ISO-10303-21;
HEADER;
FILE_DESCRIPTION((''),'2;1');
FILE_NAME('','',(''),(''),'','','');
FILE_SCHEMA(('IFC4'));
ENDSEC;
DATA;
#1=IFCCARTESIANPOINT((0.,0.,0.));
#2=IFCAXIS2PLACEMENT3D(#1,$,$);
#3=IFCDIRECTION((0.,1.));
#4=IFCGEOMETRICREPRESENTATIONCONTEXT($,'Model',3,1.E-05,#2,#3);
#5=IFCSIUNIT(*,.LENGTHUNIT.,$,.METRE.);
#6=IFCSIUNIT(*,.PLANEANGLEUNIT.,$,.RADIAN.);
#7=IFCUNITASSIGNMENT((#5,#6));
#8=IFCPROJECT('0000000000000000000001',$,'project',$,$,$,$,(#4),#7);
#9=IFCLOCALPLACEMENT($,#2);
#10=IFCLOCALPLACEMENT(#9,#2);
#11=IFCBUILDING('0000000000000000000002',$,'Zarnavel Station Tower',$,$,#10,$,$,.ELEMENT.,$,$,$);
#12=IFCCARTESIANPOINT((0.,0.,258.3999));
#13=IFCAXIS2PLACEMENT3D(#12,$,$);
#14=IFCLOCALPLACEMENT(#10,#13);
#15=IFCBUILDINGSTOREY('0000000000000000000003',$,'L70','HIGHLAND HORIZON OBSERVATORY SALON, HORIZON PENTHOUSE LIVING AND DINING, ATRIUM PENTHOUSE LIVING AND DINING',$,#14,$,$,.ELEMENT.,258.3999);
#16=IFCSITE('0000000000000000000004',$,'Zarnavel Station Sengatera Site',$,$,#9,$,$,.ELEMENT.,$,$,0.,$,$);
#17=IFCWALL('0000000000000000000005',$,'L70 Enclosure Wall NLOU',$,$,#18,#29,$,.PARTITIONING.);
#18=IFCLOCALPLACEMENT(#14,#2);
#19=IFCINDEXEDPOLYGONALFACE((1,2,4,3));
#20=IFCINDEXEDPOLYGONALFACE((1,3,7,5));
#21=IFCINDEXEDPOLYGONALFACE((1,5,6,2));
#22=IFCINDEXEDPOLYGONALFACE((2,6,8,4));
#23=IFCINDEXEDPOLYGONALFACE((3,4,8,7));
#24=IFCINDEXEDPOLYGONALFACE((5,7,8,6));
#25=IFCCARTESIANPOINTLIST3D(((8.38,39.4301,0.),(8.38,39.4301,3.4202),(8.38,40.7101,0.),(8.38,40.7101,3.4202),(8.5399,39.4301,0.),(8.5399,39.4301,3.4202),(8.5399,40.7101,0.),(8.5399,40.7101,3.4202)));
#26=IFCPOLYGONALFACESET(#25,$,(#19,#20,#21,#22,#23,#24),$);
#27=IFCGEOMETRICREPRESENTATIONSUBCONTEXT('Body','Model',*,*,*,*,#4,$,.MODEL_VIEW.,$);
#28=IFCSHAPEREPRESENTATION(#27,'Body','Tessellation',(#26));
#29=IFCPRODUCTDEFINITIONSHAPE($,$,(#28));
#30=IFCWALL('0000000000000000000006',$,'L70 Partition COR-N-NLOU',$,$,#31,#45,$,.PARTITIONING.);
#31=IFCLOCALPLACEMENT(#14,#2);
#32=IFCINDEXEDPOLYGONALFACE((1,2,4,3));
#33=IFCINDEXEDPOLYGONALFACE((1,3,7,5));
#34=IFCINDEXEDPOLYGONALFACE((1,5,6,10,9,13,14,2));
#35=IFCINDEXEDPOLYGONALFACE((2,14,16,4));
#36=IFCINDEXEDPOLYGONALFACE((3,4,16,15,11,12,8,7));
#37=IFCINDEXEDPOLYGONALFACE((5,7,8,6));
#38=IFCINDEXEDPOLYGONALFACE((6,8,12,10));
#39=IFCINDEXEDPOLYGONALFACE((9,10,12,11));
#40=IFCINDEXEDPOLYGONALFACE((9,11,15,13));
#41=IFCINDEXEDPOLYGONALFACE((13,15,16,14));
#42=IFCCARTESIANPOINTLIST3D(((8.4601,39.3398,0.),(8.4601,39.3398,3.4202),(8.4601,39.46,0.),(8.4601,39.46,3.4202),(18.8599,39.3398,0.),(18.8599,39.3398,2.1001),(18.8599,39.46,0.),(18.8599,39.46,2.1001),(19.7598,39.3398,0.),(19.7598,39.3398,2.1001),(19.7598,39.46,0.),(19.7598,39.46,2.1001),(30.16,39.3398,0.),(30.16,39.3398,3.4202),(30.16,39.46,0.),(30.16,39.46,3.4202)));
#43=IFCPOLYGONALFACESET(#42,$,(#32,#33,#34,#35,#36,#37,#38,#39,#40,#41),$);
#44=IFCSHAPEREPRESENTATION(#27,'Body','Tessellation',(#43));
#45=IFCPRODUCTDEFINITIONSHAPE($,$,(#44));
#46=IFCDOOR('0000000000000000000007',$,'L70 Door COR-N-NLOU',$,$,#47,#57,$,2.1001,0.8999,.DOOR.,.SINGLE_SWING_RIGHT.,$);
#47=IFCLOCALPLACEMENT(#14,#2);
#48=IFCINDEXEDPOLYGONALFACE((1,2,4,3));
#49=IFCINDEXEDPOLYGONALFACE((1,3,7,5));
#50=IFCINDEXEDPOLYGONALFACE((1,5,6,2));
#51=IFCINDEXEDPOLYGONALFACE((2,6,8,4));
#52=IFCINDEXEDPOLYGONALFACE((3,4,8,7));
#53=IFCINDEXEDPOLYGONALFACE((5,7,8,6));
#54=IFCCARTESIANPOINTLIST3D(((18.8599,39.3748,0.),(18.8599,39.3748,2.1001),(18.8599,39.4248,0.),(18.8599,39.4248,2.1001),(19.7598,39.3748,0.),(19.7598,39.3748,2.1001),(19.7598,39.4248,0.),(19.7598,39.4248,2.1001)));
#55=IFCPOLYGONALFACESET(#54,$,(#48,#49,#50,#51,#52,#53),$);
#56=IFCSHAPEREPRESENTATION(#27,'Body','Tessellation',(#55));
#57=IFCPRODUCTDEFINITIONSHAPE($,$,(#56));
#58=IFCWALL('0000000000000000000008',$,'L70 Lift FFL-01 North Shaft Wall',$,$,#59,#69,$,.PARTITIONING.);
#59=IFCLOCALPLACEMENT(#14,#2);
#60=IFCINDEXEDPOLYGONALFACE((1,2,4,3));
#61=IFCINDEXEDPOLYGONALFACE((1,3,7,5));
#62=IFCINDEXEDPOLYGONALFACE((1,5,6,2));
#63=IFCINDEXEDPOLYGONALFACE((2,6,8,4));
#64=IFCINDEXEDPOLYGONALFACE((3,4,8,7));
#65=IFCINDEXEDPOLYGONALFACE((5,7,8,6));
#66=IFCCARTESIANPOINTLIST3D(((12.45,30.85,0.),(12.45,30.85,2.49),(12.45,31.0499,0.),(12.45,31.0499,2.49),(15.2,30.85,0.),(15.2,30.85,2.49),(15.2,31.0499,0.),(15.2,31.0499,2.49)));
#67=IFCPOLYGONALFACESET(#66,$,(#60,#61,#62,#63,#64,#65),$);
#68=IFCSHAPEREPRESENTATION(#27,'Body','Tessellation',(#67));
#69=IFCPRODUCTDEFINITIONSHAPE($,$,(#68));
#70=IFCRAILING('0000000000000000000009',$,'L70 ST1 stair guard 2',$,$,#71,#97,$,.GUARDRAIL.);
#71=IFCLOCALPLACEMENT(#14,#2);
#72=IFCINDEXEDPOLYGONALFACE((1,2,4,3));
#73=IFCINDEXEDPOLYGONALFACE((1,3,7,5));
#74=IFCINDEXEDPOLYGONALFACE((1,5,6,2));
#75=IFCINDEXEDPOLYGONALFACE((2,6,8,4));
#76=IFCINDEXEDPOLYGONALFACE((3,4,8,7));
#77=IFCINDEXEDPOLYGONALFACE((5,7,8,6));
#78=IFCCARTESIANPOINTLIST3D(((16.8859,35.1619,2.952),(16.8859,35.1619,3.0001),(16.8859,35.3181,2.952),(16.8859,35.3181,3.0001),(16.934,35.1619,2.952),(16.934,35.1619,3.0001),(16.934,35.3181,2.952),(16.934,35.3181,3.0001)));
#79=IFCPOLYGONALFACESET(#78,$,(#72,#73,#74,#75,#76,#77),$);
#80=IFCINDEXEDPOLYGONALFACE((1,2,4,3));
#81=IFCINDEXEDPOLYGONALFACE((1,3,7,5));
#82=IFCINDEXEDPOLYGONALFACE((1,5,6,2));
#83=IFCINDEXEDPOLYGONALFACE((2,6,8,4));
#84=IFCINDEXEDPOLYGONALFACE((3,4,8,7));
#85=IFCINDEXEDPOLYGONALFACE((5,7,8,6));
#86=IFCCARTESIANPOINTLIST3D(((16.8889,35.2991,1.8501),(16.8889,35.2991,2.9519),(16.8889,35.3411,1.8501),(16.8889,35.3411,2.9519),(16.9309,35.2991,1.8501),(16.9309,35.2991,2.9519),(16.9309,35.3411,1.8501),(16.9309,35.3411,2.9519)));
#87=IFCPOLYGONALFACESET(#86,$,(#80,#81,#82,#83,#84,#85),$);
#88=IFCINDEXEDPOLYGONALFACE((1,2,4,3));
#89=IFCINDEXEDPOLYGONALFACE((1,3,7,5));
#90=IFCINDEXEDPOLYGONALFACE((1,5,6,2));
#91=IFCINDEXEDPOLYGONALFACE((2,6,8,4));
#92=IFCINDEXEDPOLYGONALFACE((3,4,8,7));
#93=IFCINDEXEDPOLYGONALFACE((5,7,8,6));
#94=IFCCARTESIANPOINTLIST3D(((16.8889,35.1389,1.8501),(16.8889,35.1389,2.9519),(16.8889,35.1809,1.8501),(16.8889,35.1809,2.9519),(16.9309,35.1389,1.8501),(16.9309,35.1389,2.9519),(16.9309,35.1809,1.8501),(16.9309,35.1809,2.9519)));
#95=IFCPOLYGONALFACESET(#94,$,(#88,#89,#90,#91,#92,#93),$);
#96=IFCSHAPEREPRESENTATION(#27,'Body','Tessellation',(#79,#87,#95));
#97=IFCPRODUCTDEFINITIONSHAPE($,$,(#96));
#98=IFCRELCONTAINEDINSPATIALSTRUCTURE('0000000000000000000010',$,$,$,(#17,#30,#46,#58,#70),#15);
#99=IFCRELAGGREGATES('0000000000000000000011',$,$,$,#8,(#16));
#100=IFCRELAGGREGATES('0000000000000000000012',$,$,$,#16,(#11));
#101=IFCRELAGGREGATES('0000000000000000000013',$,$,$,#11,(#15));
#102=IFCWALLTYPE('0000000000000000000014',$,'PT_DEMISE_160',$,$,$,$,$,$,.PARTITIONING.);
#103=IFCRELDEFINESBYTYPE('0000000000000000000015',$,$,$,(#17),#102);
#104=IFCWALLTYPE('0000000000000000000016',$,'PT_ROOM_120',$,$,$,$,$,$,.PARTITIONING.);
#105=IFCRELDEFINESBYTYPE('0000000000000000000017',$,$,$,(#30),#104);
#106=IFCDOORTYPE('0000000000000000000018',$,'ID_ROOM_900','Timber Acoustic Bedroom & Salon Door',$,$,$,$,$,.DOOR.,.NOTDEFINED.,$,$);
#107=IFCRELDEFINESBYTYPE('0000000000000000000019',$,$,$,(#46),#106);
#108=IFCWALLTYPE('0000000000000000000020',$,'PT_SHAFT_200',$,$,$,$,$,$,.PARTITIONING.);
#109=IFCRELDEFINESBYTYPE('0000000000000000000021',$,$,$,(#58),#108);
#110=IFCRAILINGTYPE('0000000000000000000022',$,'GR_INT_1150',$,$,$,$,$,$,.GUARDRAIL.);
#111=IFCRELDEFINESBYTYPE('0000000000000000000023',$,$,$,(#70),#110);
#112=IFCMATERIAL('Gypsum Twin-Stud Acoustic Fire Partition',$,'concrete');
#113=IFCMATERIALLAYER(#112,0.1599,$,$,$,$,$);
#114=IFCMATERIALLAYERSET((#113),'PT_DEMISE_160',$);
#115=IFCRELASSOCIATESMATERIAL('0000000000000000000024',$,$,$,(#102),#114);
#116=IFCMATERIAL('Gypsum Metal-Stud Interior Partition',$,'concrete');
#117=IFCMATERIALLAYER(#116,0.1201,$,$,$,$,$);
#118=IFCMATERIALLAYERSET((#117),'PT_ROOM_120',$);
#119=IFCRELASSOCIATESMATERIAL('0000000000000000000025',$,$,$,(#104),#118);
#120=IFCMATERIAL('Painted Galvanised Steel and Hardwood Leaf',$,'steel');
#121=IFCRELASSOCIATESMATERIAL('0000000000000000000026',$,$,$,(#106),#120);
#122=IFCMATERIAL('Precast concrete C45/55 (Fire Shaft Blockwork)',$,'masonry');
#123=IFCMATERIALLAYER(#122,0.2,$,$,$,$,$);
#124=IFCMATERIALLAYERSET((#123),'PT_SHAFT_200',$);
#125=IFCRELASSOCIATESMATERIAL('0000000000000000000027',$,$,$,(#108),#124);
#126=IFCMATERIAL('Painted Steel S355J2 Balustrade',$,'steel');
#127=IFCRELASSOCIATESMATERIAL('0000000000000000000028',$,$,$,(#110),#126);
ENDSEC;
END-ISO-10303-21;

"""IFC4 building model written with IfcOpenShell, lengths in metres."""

from ifc_helpers import new_model, si_unit, direction, frame, frame_2d, origin, origin_2d, place, context, subcontext, project, spatial, rectangle, extrude, material, layer, layer_set, type_object, element, fill, save


model = new_model("IFC4")

# Units and contexts
model_context = context("Model", 3, precision=1e-05, world=origin(), true_north=direction((0.0, 1.0)))
body_context = subcontext(model_context, "Body", "Model", "MODEL_VIEW")
ifc_project = project(units=[si_unit("LENGTHUNIT", "METRE"), si_unit("PLANEANGLEUNIT", "RADIAN")], contexts=[model_context])

# Site, building, storey
site_placement = place(None, origin())
site = spatial("IfcSite", under=ifc_project, at=site_placement, Name="Zarnavel Station Sengatera Site", CompositionType="ELEMENT", RefElevation=0.0)
building_placement = place(site_placement, origin())
building = spatial("IfcBuilding", under=site, at=building_placement, Name="Zarnavel Station Tower", CompositionType="ELEMENT")
storey_placement = place(building_placement, frame((0.0, 0.0, 258.3999)))
storey = spatial("IfcBuildingStorey", under=building, at=storey_placement, Name="L70", Description="HIGHLAND HORIZON OBSERVATORY SALON, HORIZON PENTHOUSE LIVING AND DINING, ATRIUM PENTHOUSE LIVING AND DINING", CompositionType="ELEMENT", Elevation=258.3999)

# Wall
ifc_material_1 = material(Name="Gypsum Twin-Stud Acoustic Fire Partition", Category="concrete")
ifc_layer_1 = layer(ifc_material_1, 0.1599)
ifc_layer_set_1 = layer_set([ifc_layer_1], Name="PT_DEMISE_160")
wall_type_1 = type_object("IfcWallType", Name="PT_DEMISE_160", PredefinedType="PARTITIONING", material=ifc_layer_set_1)
wall_1_placement = place(storey_placement, frame((8.46, 39.4299, 0.0), z_axis=(0.0, 0.0, 1.0), x_axis=(0.0, 1.0, 0.0)))
element("IfcWall", 1, at=wall_1_placement, inside=storey, type_object=wall_type_1, Name="L70 Enclosure Wall NLOU", PredefinedType="PARTITIONING", context=body_context, shape_type="SweptSolid", body=[
    extrude(rectangle(XDim=1.28, YDim=0.1599, at=frame_2d((0.6401, 0.0))), origin(), (0.0, 0.0, 1.0), 3.4202),
])

# Wall, opening, door
ifc_material_2 = material(Name="Gypsum Metal-Stud Interior Partition", Category="concrete")
ifc_layer_2 = layer(ifc_material_2, 0.1201)
ifc_layer_set_2 = layer_set([ifc_layer_2], Name="PT_ROOM_120")
wall_type_2 = type_object("IfcWallType", Name="PT_ROOM_120", PredefinedType="PARTITIONING", material=ifc_layer_set_2)
wall_2_placement = place(storey_placement, frame((8.46, 39.3999, 0.0), z_axis=(0.0, 0.0, 1.0), x_axis=(1.0, 0.0, 0.0)))
wall_2 = element("IfcWall", 2, at=wall_2_placement, inside=storey, type_object=wall_type_2, Name="L70 Partition COR-N-NLOU", PredefinedType="PARTITIONING", context=body_context, shape_type="SweptSolid", body=[
    extrude(rectangle(XDim=21.7, YDim=0.1201, at=frame_2d((10.8501, 0.0))), origin(), (0.0, 0.0, 1.0), 3.4202),
])
opening_1_placement = place(wall_2_placement, frame((10.3999, 0.0, 0.0)))
opening_1 = element("IfcOpeningElement", 3, at=opening_1_placement, cuts=wall_2, PredefinedType="OPENING", context=body_context, shape_type="SweptSolid", body=[
    extrude(rectangle(XDim=0.8999, YDim=2.1001, at=frame_2d((0.45, 1.05))), frame((0.0, 0.0701, 0.0), z_axis=(0.0, -1.0, 0.0), x_axis=(1.0, 0.0, 0.0)), (0.0, 0.0, 1.0), 0.1401),
])
ifc_material_3 = material(Name="Painted Galvanised Steel and Hardwood Leaf", Category="steel")
door_type_1 = type_object("IfcDoorType", Name="ID_ROOM_900", Description="Timber Acoustic Bedroom & Salon Door", OperationType="NOTDEFINED", PredefinedType="DOOR", material=ifc_material_3)
door_1_placement = place(opening_1_placement, origin())
door_1 = element("IfcDoor", 4, at=door_1_placement, inside=storey, type_object=door_type_1, Name="L70 Door COR-N-NLOU", OperationType="SINGLE_SWING_RIGHT", OverallHeight=2.1001, OverallWidth=0.8999, PredefinedType="DOOR", context=body_context, shape_type="SweptSolid", body=[
    extrude(rectangle(XDim=0.8999, YDim=2.1001, at=frame_2d((0.45, 1.05))), frame((0.0, 0.0249, 0.0), z_axis=(0.0, -1.0, 0.0), x_axis=(1.0, 0.0, 0.0)), (0.0, 0.0, 1.0), 0.05),
])
fill(opening_1, door_1)
ifc_material_4 = material(Name="Precast concrete C45/55 (Fire Shaft Blockwork)", Category="masonry")
ifc_layer_3 = layer(ifc_material_4, 0.2)
ifc_layer_set_3 = layer_set([ifc_layer_3], Name="PT_SHAFT_200")
wall_type_3 = type_object("IfcWallType", Name="PT_SHAFT_200", PredefinedType="PARTITIONING", material=ifc_layer_set_3)

# Wall
wall_3_placement = place(storey_placement, frame((12.45, 30.95, 0.0), z_axis=(0.0, 0.0, 1.0), x_axis=(1.0, 0.0, 0.0)))
element("IfcWall", 5, at=wall_3_placement, inside=storey, type_object=wall_type_3, Name="L70 Lift FFL-01 North Shaft Wall", PredefinedType="PARTITIONING", context=body_context, shape_type="SweptSolid", body=[
    extrude(rectangle(XDim=2.75, YDim=0.2, at=frame_2d((1.375, 0.0))), origin(), (0.0, 0.0, 1.0), 2.49),
])

# Railing
ifc_material_5 = material(Name="Painted Steel S355J2 Balustrade", Category="steel")
railing_type = type_object("IfcRailingType", Name="GR_INT_1150", PredefinedType="GUARDRAIL", material=ifc_material_5)
railing_placement = place(storey_placement, frame((16.9099, 35.3201, 1.8501)))
element("IfcRailing", 6, at=railing_placement, inside=storey, type_object=railing_type, Name="L70 ST1 stair guard 2", PredefinedType="GUARDRAIL", context=body_context, shape_type="SweptSolid", body=[
    extrude(rectangle(XDim=0.0481, YDim=0.0481, at=origin_2d()), frame((0.0, -0.002, 1.126), z_axis=(0.0, -1.0, 0.0), x_axis=(1.0, 0.0, 0.0)), (0.0, 0.0, 1.0), 0.1562),
    extrude(rectangle(XDim=0.042, YDim=0.042, at=origin_2d()), origin(), (0.0, 0.0, 1.0), 1.1018),
    extrude(rectangle(XDim=0.042, YDim=0.042, at=origin_2d()), frame((0.0, -0.1602, 0.0)), (0.0, 0.0, 1.0), 1.1018),
])

save(model, "model.ifc")
